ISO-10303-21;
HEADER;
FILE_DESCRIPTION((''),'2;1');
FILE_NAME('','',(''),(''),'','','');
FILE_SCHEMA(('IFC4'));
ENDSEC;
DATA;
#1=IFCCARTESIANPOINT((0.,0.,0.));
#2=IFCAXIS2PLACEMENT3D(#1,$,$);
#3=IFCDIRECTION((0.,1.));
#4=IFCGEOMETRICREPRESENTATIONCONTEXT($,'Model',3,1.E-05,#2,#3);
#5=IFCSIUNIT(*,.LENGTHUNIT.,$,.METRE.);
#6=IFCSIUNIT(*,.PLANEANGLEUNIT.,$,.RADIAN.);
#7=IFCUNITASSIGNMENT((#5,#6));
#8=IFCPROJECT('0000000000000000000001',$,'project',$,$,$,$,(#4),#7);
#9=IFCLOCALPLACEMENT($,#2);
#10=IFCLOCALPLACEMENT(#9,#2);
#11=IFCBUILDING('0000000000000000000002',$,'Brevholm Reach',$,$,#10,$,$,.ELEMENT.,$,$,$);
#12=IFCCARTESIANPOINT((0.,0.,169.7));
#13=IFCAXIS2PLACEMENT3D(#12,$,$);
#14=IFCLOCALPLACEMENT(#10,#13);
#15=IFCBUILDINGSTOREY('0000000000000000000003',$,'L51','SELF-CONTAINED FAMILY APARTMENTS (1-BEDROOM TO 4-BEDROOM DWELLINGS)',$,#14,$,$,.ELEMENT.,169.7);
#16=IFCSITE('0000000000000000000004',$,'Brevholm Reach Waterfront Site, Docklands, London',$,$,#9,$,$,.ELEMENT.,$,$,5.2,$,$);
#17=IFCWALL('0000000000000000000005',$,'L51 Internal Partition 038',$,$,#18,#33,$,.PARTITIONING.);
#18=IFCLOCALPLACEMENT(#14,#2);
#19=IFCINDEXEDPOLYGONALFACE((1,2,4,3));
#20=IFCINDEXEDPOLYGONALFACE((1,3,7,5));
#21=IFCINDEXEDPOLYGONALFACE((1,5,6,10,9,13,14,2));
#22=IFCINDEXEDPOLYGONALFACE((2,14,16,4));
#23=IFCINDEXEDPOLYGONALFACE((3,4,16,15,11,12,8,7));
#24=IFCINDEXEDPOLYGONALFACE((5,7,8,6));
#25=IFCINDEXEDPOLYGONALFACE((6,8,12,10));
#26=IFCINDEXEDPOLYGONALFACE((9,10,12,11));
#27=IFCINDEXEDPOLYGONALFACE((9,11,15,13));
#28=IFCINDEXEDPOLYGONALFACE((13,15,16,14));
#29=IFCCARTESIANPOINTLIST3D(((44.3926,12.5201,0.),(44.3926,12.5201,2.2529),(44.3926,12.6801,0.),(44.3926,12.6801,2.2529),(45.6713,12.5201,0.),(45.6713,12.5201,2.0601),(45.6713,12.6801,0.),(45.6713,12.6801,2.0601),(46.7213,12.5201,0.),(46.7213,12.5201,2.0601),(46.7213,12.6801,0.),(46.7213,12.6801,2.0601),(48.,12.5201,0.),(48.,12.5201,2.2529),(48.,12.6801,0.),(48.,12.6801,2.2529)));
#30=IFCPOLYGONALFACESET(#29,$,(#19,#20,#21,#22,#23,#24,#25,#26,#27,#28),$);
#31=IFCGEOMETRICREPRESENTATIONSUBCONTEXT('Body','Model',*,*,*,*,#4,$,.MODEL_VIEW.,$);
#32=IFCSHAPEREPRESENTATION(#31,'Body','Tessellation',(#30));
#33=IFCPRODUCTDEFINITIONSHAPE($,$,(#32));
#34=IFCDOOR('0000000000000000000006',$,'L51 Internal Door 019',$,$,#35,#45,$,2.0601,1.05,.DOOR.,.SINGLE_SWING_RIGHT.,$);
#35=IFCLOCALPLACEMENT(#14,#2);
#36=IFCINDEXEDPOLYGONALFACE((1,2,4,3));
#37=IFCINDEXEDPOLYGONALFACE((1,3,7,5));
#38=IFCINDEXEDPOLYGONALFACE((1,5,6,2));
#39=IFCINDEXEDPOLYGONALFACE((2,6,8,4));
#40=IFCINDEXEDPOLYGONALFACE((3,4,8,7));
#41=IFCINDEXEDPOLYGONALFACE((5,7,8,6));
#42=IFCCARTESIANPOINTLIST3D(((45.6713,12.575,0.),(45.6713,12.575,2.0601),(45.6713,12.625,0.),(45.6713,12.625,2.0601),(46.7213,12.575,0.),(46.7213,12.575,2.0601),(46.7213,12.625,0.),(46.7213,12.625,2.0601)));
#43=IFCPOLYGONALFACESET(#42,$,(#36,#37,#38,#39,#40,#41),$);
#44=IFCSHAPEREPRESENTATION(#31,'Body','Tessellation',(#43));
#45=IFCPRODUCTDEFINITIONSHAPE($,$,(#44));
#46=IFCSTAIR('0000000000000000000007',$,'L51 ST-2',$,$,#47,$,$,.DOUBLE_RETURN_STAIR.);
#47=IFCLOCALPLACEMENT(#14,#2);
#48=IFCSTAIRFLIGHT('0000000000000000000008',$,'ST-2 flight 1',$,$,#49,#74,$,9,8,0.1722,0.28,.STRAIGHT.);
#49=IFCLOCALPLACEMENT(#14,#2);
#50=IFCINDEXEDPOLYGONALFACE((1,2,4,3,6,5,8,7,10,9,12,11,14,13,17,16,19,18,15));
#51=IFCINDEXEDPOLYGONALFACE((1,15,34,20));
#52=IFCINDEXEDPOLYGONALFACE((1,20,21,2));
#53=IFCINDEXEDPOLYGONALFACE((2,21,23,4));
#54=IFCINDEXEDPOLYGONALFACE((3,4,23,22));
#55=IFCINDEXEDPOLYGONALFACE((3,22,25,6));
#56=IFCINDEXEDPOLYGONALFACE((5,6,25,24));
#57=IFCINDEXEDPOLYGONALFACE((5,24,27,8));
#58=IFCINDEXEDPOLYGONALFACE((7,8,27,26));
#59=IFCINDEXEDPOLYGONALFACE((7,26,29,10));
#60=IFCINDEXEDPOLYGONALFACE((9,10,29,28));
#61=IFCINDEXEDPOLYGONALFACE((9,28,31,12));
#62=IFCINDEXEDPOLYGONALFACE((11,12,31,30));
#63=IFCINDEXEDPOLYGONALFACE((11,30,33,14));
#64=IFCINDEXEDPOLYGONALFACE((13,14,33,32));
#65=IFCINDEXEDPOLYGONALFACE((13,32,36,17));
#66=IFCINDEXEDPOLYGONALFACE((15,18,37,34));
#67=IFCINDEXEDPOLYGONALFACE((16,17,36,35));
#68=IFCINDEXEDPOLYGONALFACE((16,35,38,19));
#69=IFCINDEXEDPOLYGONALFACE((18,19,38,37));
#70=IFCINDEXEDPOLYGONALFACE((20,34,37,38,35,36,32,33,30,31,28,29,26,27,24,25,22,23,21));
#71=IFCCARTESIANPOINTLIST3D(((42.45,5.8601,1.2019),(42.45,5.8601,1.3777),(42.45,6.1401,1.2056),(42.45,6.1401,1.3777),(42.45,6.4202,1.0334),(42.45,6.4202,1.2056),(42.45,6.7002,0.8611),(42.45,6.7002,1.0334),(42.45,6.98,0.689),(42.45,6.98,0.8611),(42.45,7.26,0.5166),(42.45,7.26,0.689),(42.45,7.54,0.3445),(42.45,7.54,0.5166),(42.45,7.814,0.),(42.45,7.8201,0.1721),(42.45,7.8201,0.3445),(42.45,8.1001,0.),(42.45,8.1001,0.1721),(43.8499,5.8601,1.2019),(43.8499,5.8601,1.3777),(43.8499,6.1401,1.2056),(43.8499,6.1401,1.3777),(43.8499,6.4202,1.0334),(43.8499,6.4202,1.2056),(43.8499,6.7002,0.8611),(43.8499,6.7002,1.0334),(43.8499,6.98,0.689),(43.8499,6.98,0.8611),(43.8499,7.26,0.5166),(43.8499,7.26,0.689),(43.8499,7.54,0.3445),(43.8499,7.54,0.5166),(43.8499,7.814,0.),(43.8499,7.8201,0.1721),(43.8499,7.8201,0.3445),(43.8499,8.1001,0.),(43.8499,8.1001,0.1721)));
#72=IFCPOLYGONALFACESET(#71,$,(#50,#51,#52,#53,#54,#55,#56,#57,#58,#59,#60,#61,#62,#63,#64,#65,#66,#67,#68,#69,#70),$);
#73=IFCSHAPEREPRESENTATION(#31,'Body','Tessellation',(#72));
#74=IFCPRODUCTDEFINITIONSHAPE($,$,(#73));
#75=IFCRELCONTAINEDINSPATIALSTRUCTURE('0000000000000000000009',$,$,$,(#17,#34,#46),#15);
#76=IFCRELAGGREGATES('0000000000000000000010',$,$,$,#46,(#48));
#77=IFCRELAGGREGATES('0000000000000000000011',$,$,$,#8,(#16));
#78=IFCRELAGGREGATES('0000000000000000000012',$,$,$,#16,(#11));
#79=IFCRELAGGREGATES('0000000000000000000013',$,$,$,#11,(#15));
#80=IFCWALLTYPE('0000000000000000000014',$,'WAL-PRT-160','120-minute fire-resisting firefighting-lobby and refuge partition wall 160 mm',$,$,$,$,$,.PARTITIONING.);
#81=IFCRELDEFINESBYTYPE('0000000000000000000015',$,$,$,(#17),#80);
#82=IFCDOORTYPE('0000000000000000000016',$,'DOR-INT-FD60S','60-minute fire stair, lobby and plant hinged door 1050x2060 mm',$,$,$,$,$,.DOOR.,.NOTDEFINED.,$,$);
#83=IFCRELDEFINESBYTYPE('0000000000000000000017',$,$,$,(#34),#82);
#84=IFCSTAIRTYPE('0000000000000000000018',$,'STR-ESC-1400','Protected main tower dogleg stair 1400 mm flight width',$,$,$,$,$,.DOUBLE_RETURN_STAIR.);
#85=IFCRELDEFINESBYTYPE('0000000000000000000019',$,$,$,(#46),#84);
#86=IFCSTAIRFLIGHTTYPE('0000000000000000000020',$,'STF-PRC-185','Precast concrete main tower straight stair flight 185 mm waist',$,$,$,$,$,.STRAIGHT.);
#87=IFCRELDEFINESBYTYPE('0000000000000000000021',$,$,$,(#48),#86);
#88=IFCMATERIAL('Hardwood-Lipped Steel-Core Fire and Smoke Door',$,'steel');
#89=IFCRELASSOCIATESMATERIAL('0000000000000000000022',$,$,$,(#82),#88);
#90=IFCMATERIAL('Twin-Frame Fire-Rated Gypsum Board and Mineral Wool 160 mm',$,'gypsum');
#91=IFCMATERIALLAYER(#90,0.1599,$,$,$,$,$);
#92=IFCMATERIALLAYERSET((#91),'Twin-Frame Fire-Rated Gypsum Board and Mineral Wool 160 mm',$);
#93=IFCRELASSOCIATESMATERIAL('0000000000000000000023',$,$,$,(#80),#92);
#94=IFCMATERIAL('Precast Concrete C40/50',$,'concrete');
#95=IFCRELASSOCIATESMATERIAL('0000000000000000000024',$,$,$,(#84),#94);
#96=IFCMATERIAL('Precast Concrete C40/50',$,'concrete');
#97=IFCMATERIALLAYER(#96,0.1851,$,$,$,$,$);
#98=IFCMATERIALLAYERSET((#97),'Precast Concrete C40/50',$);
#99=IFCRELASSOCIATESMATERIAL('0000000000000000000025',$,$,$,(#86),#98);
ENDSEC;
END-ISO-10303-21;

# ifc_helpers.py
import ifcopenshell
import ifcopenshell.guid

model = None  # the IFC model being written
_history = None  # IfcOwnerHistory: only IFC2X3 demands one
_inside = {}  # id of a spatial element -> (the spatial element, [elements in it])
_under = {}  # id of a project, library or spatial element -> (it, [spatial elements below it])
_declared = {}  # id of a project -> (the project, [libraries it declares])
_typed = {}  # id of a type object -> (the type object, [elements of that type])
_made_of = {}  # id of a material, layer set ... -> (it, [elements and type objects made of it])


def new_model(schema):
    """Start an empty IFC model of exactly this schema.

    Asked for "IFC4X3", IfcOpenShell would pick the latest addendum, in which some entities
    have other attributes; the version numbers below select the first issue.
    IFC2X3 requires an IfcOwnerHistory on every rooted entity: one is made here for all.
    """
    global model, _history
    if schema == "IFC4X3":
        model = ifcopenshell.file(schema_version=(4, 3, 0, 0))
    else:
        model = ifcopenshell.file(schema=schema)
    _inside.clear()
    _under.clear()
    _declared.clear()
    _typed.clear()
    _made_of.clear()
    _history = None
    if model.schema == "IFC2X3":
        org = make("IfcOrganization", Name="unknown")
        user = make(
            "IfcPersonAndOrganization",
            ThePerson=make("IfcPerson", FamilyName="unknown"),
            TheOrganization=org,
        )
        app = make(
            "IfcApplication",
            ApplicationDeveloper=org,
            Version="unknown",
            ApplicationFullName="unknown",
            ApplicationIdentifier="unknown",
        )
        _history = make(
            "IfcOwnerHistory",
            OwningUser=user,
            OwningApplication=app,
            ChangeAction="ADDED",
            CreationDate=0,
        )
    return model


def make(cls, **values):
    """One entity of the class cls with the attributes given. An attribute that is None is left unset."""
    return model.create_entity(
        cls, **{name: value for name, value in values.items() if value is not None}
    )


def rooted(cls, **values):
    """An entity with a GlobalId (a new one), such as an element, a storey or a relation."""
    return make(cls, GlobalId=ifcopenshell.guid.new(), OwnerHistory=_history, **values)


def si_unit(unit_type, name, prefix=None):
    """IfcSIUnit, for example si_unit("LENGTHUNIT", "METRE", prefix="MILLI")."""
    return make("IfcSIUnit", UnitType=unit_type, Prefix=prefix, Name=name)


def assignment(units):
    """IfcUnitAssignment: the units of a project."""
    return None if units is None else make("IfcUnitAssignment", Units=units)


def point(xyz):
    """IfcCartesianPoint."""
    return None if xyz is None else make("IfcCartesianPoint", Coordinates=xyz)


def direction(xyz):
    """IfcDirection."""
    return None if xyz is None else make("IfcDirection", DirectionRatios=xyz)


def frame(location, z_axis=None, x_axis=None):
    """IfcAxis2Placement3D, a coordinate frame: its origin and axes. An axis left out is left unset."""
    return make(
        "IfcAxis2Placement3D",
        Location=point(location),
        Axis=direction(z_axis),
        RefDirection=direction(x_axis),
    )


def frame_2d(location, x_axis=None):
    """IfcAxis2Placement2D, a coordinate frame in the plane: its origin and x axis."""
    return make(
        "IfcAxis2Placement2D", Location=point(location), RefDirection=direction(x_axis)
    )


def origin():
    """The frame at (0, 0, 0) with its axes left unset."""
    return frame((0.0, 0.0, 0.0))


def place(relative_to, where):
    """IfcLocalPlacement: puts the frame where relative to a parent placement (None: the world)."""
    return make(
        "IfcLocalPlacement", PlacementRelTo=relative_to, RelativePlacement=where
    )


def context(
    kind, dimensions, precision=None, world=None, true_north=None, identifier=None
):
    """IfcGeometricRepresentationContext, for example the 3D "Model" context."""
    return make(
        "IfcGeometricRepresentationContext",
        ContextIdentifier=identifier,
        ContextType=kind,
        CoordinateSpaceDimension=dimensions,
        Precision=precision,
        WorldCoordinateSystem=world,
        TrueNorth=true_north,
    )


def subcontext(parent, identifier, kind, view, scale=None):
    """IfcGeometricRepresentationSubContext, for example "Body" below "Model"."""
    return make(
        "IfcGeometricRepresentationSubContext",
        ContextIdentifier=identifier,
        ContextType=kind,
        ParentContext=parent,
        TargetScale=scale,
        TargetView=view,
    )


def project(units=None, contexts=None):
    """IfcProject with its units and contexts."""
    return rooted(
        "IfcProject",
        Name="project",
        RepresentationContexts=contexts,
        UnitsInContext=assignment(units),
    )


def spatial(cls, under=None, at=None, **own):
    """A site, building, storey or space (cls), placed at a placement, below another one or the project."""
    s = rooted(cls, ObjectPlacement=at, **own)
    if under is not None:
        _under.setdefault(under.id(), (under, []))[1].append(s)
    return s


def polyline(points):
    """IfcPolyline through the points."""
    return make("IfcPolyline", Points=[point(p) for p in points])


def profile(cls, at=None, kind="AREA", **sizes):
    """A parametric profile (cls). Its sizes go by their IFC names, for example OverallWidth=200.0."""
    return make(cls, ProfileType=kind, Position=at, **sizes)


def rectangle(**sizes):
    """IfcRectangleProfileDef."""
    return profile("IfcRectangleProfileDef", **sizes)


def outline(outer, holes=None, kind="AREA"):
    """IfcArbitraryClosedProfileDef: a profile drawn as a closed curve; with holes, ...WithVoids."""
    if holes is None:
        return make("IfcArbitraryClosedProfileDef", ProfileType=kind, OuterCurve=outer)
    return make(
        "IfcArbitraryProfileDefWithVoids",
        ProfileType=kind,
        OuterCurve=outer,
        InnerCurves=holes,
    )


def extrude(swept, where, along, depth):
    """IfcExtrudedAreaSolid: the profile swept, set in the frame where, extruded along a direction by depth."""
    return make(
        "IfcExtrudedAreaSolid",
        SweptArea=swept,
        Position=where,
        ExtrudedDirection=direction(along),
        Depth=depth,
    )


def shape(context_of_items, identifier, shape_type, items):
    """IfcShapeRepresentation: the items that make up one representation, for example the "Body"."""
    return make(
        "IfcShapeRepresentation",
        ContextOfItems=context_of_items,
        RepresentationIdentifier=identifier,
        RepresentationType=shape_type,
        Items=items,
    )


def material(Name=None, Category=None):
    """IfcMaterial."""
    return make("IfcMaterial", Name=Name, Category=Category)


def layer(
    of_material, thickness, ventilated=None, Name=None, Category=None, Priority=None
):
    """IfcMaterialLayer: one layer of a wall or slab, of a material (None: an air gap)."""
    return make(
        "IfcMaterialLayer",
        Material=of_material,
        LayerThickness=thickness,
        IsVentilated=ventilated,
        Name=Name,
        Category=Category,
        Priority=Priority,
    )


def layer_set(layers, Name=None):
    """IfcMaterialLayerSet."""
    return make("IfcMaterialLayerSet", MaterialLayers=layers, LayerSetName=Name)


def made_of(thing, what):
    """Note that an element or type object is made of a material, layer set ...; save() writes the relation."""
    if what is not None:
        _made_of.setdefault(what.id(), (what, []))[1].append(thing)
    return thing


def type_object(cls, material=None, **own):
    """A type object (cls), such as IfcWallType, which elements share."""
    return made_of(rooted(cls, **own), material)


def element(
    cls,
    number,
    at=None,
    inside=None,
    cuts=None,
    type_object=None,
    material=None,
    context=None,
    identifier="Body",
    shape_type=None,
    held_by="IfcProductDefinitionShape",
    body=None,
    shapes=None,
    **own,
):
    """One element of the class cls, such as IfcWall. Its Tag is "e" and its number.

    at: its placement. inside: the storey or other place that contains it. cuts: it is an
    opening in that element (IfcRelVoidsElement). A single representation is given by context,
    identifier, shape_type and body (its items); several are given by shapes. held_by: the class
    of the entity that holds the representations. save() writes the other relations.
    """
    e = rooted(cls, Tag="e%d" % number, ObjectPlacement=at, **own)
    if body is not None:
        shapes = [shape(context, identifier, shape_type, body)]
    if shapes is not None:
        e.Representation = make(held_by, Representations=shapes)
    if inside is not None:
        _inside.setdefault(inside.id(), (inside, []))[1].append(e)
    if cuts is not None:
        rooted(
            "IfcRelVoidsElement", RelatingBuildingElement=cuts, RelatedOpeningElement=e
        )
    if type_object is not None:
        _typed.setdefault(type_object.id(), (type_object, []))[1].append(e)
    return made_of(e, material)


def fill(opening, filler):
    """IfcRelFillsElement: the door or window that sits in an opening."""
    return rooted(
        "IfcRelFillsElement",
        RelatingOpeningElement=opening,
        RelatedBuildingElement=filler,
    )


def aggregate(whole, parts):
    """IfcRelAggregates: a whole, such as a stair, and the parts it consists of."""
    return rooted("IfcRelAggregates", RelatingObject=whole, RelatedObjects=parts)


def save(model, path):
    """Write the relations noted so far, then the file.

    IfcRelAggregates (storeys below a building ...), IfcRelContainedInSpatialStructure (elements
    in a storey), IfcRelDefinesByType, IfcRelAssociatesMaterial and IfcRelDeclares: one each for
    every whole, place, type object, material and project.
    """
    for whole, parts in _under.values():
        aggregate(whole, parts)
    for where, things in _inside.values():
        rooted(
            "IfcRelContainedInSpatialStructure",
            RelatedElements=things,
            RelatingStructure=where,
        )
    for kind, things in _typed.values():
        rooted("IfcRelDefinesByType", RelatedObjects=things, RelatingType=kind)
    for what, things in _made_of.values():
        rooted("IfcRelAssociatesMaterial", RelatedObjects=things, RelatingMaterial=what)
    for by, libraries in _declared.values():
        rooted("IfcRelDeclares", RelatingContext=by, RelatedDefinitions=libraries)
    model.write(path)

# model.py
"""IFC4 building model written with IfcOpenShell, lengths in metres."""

from ifc_helpers import new_model, si_unit, direction, frame, frame_2d, origin, place, context, subcontext, project, spatial, polyline, rectangle, outline, extrude, material, layer, layer_set, type_object, element, fill, aggregate, save


model = new_model("IFC4")

# Units and contexts
model_context = context("Model", 3, precision=1e-05, world=origin(), true_north=direction((0.0, 1.0)))
body_context = subcontext(model_context, "Body", "Model", "MODEL_VIEW")
ifc_project = project(units=[si_unit("LENGTHUNIT", "METRE"), si_unit("PLANEANGLEUNIT", "RADIAN")], contexts=[model_context])

# Site, building, storey
site_placement = place(None, origin())
site = spatial("IfcSite", under=ifc_project, at=site_placement, Name="Brevholm Reach Waterfront Site, Docklands, London", CompositionType="ELEMENT", RefElevation=5.2)
building_placement = place(site_placement, origin())
building = spatial("IfcBuilding", under=site, at=building_placement, Name="Brevholm Reach", CompositionType="ELEMENT")
storey_placement = place(building_placement, frame((0.0, 0.0, 169.7)))
storey = spatial("IfcBuildingStorey", under=building, at=storey_placement, Name="L51", Description="SELF-CONTAINED FAMILY APARTMENTS (1-BEDROOM TO 4-BEDROOM DWELLINGS)", CompositionType="ELEMENT", Elevation=169.7)

# Shared definitions
ifc_material_1 = material(Name="Hardwood-Lipped Steel-Core Fire and Smoke Door", Category="steel")
door_type_1 = type_object("IfcDoorType", Name="DOR-INT-FD60S", Description="60-minute fire stair, lobby and plant hinged door 1050x2060 mm", OperationType="NOTDEFINED", PredefinedType="DOOR", material=ifc_material_1)

# Wall, opening, door
ifc_material_2 = material(Name="Twin-Frame Fire-Rated Gypsum Board and Mineral Wool 160 mm", Category="gypsum")
ifc_layer_1 = layer(ifc_material_2, 0.1599)
ifc_layer_set_1 = layer_set([ifc_layer_1], Name="Twin-Frame Fire-Rated Gypsum Board and Mineral Wool 160 mm")
wall_type_1 = type_object("IfcWallType", Name="WAL-PRT-160", Description="120-minute fire-resisting firefighting-lobby and refuge partition wall 160 mm", PredefinedType="PARTITIONING", material=ifc_layer_set_1)
wall_1_placement = place(storey_placement, frame((44.3926, 12.6001, 0.0), z_axis=(0.0, 0.0, 1.0), x_axis=(1.0, 0.0, 0.0)))
wall_1 = element("IfcWall", 1, at=wall_1_placement, inside=storey, type_object=wall_type_1, Name="L51 Internal Partition 038", PredefinedType="PARTITIONING", context=body_context, shape_type="SweptSolid", body=[
    extrude(rectangle(XDim=3.6074, YDim=0.1599, at=frame_2d((1.8037, 0.0))), origin(), (0.0, 0.0, 1.0), 2.2529),
])
opening_1_placement = place(wall_1_placement, frame((1.2788, 0.0, 0.0)))
opening_1 = element("IfcOpeningElement", 2, at=opening_1_placement, cuts=wall_1, PredefinedType="OPENING", context=body_context, shape_type="SweptSolid", body=[
    extrude(rectangle(XDim=1.05, YDim=2.0601, at=frame_2d((0.5249, 1.03))), frame((0.0, 0.0898, 0.0), z_axis=(0.0, -1.0, 0.0), x_axis=(1.0, 0.0, 0.0)), (0.0, 0.0, 1.0), 0.1799),
])
door_1_placement = place(opening_1_placement, origin())
door_1 = element("IfcDoor", 3, at=door_1_placement, inside=storey, type_object=door_type_1, Name="L51 Internal Door 019", OperationType="SINGLE_SWING_RIGHT", OverallHeight=2.0601, OverallWidth=1.05, PredefinedType="DOOR", context=body_context, shape_type="SweptSolid", body=[
    extrude(rectangle(XDim=1.05, YDim=2.0601, at=frame_2d((0.5249, 1.03))), frame((0.0, 0.0249, 0.0), z_axis=(0.0, -1.0, 0.0), x_axis=(1.0, 0.0, 0.0)), (0.0, 0.0, 1.0), 0.05),
])
fill(opening_1, door_1)

# Stair, stair flight
ifc_material_3 = material(Name="Precast Concrete C40/50", Category="concrete")
stair_type = type_object("IfcStairType", Name="STR-ESC-1400", Description="Protected main tower dogleg stair 1400 mm flight width", PredefinedType="DOUBLE_RETURN_STAIR", material=ifc_material_3)
stair_placement = place(storey_placement, origin())
stair = element("IfcStair", 4, at=stair_placement, inside=storey, type_object=stair_type, Name="L51 ST-2", PredefinedType="DOUBLE_RETURN_STAIR")
ifc_material_4 = material(Name="Precast Concrete C40/50", Category="concrete")
ifc_layer_2 = layer(ifc_material_4, 0.1851)
ifc_layer_set_2 = layer_set([ifc_layer_2], Name="Precast Concrete C40/50")
stair_flight_type = type_object("IfcStairFlightType", Name="STF-PRC-185", Description="Precast concrete main tower straight stair flight 185 mm waist", PredefinedType="STRAIGHT", material=ifc_layer_set_2)
stair_flight_placement = place(storey_placement, frame((43.1499, 8.1001, 0.0), z_axis=(0.0, 0.0, 1.0), x_axis=(0.0, -1.0, 0.0)))
stair_flight = element("IfcStairFlight", 5, at=stair_flight_placement, type_object=stair_flight_type, Name="ST-2 flight 1", NumberOfRisers=9, NumberOfTreads=8, PredefinedType="STRAIGHT", RiserHeight=0.1722, TreadLength=0.28, context=body_context, shape_type="SweptSolid", body=[
    extrude(outline(polyline([(0.0, 0.0), (0.0, 0.1721), (0.28, 0.1721), (0.28, 0.3445), (0.5601, 0.3445), (0.5601, 0.5166), (0.8401, 0.5166), (0.8401, 0.689), (1.1201, 0.689), (1.1201, 0.8611), (1.3999, 0.8611), (1.3999, 1.0334), (1.6799, 1.0334), (1.6799, 1.2056), (1.96, 1.2056), (1.96, 1.3777), (2.24, 1.3777), (2.24, 1.55), (2.24, 1.2019), (0.2861, 0.0), (0.0, 0.0)])), frame((0.0, 0.7, 0.0), z_axis=(0.0, -1.0, 0.0), x_axis=(1.0, 0.0, 0.0)), (0.0, 0.0, 1.0), 1.3999),
])
aggregate(stair, [stair_flight])

save(model, "model.ifc")
